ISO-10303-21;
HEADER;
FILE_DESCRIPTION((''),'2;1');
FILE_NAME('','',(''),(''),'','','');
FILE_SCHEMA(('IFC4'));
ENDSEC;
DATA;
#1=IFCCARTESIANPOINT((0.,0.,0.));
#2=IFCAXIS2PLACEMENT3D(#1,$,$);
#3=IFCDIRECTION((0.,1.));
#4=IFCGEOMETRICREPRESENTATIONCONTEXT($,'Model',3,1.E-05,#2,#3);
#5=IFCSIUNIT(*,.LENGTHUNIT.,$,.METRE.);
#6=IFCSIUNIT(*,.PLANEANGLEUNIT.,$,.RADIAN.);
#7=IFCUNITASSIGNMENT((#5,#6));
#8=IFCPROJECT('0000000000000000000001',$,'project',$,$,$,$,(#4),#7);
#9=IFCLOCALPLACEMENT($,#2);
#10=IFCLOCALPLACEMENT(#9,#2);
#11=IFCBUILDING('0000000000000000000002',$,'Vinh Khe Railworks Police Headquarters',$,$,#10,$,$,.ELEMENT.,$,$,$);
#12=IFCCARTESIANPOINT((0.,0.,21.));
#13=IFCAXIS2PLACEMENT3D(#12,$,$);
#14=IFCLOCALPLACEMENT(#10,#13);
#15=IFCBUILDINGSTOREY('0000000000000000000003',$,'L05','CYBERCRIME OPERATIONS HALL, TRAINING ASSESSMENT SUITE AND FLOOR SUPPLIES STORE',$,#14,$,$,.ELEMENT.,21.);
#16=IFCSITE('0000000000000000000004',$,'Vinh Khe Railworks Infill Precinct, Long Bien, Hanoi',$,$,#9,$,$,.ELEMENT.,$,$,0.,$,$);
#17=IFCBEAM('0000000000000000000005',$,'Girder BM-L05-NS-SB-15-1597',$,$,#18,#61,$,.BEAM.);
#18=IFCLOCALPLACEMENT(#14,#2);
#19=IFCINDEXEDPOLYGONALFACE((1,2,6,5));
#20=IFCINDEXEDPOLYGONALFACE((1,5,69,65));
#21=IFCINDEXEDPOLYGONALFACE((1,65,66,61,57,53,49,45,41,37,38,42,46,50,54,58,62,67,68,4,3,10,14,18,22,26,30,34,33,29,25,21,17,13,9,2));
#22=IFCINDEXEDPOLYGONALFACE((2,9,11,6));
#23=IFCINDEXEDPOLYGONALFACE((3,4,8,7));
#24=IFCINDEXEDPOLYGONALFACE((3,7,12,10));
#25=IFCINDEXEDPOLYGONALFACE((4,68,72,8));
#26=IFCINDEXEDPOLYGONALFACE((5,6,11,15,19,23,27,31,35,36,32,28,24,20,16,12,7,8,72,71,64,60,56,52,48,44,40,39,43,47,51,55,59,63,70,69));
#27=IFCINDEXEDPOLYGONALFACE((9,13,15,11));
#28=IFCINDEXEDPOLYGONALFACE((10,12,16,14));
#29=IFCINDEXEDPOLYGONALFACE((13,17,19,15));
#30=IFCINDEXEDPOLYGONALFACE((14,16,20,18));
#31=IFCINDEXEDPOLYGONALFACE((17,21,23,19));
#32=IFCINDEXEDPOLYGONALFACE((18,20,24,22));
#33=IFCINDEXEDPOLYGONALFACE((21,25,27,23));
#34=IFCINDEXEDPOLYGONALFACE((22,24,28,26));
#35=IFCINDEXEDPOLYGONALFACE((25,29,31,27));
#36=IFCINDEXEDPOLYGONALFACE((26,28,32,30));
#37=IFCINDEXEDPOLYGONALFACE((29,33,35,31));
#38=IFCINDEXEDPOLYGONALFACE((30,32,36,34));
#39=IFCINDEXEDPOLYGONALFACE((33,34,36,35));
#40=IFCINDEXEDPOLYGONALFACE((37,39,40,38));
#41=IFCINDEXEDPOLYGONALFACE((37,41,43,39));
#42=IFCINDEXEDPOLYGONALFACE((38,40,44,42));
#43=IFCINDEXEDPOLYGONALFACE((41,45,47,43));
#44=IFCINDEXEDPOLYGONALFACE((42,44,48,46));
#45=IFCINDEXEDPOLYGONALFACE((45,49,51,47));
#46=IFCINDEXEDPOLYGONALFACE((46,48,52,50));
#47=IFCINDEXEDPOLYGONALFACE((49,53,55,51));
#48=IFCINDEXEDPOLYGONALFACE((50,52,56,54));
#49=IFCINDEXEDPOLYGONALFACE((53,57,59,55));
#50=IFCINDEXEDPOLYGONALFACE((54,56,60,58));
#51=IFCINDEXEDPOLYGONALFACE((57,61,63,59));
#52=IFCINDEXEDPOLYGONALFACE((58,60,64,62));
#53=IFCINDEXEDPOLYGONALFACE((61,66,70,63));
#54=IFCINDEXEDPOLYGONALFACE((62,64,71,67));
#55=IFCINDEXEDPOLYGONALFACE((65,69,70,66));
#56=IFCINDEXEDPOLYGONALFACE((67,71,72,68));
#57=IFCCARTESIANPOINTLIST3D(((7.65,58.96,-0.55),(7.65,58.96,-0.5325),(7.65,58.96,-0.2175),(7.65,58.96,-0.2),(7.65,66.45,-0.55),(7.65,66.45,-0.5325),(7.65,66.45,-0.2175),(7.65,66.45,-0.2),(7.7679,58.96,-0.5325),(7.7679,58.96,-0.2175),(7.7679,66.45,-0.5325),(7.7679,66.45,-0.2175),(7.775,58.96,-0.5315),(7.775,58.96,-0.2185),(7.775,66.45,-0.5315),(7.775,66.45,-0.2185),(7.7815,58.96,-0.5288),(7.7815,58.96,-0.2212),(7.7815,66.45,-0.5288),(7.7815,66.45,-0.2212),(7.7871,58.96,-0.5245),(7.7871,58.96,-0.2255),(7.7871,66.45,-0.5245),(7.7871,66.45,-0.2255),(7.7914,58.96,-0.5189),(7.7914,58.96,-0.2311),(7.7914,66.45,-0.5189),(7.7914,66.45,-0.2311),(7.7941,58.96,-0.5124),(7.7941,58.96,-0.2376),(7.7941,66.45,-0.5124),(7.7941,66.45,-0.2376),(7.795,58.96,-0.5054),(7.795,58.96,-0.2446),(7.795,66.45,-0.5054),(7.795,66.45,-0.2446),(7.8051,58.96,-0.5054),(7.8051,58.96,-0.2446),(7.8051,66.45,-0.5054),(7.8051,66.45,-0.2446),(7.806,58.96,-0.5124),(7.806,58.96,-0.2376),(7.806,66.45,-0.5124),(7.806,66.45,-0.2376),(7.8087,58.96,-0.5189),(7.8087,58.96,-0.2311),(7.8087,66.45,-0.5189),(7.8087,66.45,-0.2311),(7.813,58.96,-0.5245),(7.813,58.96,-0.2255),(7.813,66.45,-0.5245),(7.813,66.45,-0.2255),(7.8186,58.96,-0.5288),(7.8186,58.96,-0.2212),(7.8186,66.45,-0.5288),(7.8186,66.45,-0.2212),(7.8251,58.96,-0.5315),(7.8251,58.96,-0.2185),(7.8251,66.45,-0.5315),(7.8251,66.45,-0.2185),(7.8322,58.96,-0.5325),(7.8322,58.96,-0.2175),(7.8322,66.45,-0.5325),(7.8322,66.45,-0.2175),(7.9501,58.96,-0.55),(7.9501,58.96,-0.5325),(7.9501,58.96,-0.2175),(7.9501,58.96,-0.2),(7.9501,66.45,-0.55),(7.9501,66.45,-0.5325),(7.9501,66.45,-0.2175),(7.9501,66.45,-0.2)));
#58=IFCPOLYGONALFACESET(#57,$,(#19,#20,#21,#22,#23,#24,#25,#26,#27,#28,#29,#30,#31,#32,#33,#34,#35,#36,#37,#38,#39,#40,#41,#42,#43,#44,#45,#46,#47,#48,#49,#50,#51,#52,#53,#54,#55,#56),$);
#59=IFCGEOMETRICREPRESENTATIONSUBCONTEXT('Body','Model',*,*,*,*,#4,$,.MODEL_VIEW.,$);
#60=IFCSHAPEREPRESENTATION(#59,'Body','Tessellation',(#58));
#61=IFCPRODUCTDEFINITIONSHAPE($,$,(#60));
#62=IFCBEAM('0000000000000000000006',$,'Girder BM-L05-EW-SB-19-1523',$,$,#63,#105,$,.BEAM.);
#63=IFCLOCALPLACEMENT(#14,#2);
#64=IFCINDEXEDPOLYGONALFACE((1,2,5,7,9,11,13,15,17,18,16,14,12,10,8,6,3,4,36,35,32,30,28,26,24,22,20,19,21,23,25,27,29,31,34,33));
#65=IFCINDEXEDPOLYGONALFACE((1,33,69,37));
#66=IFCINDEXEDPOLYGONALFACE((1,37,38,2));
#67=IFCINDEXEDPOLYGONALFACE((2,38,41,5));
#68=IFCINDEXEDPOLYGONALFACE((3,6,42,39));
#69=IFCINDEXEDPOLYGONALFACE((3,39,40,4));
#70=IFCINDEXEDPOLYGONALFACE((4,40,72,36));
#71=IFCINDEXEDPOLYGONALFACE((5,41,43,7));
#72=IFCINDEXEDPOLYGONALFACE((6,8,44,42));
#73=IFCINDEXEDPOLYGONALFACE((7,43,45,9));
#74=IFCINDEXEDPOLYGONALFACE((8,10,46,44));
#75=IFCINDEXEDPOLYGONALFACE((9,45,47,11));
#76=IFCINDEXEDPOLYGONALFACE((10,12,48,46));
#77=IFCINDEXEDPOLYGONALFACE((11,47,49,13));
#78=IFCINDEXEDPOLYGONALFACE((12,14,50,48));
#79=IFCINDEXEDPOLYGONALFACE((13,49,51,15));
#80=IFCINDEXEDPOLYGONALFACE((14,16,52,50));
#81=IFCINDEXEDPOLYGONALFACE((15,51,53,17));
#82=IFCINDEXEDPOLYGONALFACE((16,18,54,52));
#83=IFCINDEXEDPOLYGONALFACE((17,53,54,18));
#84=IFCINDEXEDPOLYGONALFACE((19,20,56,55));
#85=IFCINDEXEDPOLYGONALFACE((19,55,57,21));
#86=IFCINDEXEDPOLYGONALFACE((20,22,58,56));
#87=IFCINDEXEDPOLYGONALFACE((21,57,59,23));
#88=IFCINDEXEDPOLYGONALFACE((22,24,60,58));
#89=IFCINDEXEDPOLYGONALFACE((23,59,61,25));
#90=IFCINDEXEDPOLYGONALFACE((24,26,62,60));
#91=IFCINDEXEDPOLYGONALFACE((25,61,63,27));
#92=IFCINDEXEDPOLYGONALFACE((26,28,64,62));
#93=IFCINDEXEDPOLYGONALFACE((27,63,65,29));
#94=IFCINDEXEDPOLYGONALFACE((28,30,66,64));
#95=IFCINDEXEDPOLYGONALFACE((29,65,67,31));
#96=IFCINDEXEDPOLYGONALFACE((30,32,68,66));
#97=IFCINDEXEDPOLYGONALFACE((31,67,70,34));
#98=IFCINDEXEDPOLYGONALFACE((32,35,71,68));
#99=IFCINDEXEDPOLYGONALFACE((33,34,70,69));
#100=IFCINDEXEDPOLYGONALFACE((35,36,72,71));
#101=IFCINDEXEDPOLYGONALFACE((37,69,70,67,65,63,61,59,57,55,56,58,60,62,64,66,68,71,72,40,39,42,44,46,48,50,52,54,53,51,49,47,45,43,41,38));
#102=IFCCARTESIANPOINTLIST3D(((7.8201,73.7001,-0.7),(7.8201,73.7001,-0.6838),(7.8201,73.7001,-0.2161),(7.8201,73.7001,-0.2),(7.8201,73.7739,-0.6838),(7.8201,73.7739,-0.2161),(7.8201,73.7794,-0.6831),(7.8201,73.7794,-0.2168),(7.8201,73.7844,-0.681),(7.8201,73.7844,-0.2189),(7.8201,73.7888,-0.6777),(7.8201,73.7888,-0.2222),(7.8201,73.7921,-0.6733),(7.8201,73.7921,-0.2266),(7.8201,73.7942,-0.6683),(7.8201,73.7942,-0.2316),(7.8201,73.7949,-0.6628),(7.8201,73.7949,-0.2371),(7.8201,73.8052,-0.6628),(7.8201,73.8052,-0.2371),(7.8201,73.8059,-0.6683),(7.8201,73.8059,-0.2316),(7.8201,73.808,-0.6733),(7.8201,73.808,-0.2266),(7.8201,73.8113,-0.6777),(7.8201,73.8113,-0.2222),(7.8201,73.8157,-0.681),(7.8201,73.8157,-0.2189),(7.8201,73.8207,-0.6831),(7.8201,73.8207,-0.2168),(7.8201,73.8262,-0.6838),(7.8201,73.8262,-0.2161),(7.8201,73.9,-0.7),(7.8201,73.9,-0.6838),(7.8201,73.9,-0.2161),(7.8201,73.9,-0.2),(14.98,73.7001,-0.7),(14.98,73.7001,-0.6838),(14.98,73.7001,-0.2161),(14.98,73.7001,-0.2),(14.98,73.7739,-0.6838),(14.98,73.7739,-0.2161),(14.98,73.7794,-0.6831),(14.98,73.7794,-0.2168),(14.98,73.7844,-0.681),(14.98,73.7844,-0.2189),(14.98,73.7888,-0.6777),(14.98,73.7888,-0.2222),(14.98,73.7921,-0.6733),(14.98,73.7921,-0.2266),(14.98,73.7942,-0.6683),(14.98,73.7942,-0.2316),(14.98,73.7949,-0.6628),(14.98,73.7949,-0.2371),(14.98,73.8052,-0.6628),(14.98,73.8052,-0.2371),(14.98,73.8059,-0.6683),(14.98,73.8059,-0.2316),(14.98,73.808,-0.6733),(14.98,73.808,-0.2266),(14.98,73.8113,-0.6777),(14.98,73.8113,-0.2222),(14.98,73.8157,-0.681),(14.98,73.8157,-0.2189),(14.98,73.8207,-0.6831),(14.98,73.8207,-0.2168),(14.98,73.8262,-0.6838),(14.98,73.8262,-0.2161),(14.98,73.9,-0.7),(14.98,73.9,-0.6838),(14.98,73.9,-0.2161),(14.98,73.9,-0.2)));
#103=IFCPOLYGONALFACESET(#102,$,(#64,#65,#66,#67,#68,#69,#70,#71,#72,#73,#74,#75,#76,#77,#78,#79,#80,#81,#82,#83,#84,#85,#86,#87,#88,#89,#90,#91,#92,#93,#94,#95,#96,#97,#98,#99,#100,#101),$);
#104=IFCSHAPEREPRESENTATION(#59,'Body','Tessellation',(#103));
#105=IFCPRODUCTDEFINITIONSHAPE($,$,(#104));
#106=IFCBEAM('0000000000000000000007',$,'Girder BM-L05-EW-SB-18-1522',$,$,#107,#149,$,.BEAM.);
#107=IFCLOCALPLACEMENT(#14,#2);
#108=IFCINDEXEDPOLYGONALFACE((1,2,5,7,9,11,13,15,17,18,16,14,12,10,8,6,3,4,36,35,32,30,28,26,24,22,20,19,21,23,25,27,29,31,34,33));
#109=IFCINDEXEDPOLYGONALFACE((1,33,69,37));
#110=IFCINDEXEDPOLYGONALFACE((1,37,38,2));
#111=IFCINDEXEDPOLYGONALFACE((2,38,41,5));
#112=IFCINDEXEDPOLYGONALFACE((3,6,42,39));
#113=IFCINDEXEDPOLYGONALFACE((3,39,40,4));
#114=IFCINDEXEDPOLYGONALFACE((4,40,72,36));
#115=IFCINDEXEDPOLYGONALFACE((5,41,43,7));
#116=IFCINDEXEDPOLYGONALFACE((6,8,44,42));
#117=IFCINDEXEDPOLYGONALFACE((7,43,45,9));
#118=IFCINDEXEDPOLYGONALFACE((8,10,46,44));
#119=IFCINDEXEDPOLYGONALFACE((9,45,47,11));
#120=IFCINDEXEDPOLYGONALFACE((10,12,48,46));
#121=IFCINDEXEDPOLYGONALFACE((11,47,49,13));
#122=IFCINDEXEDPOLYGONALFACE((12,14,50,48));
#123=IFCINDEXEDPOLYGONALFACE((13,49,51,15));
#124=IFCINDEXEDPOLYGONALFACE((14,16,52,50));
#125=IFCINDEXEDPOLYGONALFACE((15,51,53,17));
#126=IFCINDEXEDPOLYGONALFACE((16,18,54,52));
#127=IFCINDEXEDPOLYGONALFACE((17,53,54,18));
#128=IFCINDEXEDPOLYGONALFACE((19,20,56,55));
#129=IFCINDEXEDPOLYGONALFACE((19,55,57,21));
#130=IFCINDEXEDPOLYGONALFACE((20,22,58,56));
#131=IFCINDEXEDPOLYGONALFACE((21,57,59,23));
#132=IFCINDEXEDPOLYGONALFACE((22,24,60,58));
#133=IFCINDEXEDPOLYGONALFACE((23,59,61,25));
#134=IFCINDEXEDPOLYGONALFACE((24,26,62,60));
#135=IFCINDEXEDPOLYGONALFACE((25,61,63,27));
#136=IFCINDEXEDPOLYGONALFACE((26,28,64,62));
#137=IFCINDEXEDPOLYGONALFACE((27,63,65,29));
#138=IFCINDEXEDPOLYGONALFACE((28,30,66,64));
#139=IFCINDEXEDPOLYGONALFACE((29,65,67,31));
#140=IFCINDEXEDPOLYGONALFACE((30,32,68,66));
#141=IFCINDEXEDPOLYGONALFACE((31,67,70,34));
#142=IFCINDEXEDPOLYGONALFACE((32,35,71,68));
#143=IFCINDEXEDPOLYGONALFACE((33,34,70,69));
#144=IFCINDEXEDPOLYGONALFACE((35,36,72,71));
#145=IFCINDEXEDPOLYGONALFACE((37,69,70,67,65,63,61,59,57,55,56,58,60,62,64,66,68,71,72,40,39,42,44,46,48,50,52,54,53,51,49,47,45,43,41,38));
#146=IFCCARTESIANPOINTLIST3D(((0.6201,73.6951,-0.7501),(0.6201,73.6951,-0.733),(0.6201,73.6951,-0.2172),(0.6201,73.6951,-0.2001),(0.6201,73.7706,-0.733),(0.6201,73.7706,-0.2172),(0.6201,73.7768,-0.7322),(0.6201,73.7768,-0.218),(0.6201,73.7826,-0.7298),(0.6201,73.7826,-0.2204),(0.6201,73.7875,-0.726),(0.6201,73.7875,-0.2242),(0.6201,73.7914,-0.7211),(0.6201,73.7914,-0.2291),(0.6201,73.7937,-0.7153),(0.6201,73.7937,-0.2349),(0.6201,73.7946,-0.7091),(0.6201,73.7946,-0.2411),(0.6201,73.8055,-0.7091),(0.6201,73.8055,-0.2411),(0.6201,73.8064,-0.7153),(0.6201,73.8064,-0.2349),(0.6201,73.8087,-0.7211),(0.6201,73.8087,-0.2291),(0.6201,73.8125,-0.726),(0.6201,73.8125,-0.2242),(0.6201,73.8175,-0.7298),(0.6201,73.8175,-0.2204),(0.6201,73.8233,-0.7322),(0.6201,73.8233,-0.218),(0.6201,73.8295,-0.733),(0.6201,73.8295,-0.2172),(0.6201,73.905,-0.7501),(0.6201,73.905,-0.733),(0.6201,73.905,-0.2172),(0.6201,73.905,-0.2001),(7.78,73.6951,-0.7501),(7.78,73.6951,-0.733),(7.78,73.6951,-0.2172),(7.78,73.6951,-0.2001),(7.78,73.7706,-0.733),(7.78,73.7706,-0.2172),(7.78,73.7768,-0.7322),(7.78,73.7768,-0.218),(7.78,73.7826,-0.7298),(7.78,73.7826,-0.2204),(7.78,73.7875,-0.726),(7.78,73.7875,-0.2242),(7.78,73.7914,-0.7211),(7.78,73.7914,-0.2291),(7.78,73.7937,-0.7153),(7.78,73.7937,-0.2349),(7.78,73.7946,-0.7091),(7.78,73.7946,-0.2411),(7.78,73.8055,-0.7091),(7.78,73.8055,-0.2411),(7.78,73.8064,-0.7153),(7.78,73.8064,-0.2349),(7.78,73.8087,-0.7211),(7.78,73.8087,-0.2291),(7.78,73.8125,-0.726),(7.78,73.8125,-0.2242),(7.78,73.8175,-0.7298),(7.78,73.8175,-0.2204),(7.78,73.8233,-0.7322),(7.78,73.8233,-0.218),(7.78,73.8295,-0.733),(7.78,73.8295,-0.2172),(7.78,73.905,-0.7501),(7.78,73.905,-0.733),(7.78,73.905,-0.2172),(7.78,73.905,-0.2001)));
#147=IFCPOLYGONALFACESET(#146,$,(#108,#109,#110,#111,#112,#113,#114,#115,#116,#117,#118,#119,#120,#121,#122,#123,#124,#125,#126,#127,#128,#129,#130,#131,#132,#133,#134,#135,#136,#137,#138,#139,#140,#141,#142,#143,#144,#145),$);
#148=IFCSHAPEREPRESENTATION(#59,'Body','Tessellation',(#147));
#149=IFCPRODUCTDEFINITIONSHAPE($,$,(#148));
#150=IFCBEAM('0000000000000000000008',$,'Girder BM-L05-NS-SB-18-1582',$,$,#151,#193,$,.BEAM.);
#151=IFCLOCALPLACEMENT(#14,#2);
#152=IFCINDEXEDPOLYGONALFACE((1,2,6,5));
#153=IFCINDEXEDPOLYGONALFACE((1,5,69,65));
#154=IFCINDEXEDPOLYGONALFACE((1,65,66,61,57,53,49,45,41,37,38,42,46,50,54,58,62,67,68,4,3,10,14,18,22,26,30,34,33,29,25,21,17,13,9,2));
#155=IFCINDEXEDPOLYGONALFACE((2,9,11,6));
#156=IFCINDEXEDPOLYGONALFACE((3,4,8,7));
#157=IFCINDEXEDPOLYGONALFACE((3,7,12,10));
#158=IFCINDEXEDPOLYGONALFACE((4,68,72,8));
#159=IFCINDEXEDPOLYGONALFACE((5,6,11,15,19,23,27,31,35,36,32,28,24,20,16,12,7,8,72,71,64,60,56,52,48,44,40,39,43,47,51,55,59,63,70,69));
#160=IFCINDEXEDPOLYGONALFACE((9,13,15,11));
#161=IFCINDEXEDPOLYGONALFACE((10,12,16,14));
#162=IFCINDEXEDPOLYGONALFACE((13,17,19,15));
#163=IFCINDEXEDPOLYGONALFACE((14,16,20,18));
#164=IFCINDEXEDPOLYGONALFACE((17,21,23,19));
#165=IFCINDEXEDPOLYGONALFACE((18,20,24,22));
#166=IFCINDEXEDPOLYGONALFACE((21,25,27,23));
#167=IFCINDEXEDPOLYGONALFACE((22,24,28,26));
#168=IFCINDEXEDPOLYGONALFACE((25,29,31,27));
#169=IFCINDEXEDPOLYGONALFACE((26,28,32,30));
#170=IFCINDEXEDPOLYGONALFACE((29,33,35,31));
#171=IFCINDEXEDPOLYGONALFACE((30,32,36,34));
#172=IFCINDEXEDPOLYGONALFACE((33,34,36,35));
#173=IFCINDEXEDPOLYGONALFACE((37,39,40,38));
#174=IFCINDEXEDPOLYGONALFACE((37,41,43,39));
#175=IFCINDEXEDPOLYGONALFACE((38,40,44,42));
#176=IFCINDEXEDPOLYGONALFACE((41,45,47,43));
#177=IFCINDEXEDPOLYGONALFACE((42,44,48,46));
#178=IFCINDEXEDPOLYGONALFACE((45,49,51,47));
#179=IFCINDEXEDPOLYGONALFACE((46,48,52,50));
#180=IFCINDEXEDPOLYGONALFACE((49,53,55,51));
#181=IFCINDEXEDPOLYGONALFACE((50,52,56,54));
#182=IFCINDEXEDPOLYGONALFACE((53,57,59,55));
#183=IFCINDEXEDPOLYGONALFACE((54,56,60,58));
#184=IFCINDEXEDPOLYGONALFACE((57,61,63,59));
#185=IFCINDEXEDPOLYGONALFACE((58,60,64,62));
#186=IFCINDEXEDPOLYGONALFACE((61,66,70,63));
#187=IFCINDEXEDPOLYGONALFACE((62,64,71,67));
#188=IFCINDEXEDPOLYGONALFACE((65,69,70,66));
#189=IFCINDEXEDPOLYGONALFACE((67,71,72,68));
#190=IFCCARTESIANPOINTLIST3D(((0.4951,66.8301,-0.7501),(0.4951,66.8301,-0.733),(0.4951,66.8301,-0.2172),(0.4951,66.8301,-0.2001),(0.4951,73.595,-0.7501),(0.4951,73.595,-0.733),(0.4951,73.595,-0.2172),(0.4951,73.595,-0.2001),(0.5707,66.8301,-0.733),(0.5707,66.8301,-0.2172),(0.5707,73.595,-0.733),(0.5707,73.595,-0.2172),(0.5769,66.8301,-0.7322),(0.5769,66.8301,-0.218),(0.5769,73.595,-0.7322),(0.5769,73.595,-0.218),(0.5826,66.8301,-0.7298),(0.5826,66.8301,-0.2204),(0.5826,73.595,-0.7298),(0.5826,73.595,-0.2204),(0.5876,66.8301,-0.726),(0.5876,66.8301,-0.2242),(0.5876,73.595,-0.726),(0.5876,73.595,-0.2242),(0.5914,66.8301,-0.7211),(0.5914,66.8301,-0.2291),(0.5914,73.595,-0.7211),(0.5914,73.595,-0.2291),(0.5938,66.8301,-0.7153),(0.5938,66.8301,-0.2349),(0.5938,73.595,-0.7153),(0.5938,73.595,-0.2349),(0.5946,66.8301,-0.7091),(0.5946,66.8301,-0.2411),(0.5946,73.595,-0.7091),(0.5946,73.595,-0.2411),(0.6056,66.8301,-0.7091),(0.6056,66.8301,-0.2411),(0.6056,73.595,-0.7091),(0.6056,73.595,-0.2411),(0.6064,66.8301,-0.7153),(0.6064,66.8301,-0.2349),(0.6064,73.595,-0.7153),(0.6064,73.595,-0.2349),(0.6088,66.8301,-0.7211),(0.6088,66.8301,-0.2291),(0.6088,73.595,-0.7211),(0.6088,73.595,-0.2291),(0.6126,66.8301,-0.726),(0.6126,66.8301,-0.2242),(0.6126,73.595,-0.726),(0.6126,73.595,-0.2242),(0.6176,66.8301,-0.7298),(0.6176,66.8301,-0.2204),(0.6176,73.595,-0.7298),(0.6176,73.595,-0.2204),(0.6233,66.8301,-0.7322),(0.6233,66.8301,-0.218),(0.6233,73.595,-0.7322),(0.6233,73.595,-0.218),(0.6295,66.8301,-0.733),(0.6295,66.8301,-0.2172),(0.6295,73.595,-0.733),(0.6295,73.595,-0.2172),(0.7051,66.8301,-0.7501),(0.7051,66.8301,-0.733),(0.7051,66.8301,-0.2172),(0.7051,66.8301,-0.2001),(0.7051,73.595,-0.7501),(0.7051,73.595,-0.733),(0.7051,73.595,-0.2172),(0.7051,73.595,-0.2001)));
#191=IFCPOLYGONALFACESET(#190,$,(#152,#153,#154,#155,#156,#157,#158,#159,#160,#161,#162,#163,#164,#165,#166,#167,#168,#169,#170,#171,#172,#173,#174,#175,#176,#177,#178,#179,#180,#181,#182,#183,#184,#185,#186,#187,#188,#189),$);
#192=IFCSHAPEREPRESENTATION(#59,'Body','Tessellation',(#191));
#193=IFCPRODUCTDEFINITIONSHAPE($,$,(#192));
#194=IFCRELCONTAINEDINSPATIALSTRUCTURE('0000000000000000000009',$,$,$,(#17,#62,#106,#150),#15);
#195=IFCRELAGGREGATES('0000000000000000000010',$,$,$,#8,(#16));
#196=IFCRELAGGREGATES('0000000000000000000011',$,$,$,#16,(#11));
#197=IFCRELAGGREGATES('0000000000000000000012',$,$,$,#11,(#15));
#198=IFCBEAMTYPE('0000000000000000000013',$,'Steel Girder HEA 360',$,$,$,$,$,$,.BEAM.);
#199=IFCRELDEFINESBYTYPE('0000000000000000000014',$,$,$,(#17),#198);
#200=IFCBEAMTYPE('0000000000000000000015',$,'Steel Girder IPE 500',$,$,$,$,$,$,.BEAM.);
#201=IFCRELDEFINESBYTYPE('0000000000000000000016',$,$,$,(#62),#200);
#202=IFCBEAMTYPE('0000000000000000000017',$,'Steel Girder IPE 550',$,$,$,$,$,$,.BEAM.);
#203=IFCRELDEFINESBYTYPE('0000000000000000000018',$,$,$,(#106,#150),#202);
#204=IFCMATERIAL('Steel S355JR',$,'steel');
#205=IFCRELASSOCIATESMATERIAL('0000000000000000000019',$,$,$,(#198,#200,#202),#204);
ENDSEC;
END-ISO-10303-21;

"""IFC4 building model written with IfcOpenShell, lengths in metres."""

from ifc_helpers import new_model, si_unit, direction, frame, origin, origin_2d, place, context, subcontext, project, spatial, i_section, extrude, material, material_profile, profile_set, type_object, element, save


model = new_model("IFC4")

# Units and contexts
model_context = context("Model", 3, precision=1e-05, world=origin(), true_north=direction((0.0, 1.0)))
body_context = subcontext(model_context, "Body", "Model", "MODEL_VIEW")
ifc_project = project(units=[si_unit("LENGTHUNIT", "METRE"), si_unit("PLANEANGLEUNIT", "RADIAN")], contexts=[model_context])

# Site, building, storey
site_placement = place(None, origin())
site = spatial("IfcSite", under=ifc_project, at=site_placement, Name="Vinh Khe Railworks Infill Precinct, Long Bien, Hanoi", CompositionType="ELEMENT", RefElevation=0.0)
building_placement = place(site_placement, origin())
building = spatial("IfcBuilding", under=site, at=building_placement, Name="Vinh Khe Railworks Police Headquarters", CompositionType="ELEMENT")
storey_placement = place(building_placement, frame((0.0, 0.0, 21.0)))
storey = spatial("IfcBuildingStorey", under=building, at=storey_placement, Name="L05", Description="CYBERCRIME OPERATIONS HALL, TRAINING ASSESSMENT SUITE AND FLOOR SUPPLIES STORE", CompositionType="ELEMENT", Elevation=21.0)

# Shared definitions
ifc_material_1 = material(Name="Steel S355JR", Category="steel")

# Beams
ifc_material_profile_1 = material_profile(ifc_material_1, i_section(OverallWidth=0.3, OverallDepth=0.3501, WebThickness=0.01, FlangeThickness=0.0176, FilletRadius=0.0271, at=origin_2d()), Name="HEA 360")
ifc_profile_set_1 = profile_set([ifc_material_profile_1], Name="Steel S355JR")
beam_type_1 = type_object("IfcBeamType", Name="Steel Girder HEA 360", PredefinedType="BEAM", material=ifc_profile_set_1)
beam_1_placement = place(storey_placement, frame((7.8, 58.96, -0.375), z_axis=(0.0, 1.0, 0.0), x_axis=(-1.0, 0.0, 0.0)))
element("IfcBeam", 1, at=beam_1_placement, inside=storey, type_object=beam_type_1, Name="Girder BM-L05-NS-SB-15-1597", PredefinedType="BEAM", context=body_context, shape_type="SweptSolid", body=[
    extrude(i_section(OverallWidth=0.3, OverallDepth=0.3501, WebThickness=0.01, FlangeThickness=0.0176, FilletRadius=0.0271, at=origin_2d()), origin(), (0.0, 0.0, 1.0), 7.49),
])
ifc_material_profile_2 = material_profile(ifc_material_1, i_section(OverallWidth=0.2, OverallDepth=0.5, WebThickness=0.0103, FlangeThickness=0.0161, FilletRadius=0.021, at=origin_2d()), Name="IPE 500")
ifc_profile_set_2 = profile_set([ifc_material_profile_2], Name="Steel S355JR")
beam_type_2 = type_object("IfcBeamType", Name="Steel Girder IPE 500", PredefinedType="BEAM", material=ifc_profile_set_2)
beam_2_placement = place(storey_placement, frame((7.8201, 73.8, -0.45), z_axis=(1.0, 0.0, 0.0), x_axis=(0.0, 1.0, 0.0)))
element("IfcBeam", 2, at=beam_2_placement, inside=storey, type_object=beam_type_2, Name="Girder BM-L05-EW-SB-19-1523", PredefinedType="BEAM", context=body_context, shape_type="SweptSolid", body=[
    extrude(i_section(OverallWidth=0.2, OverallDepth=0.5, WebThickness=0.0103, FlangeThickness=0.0161, FilletRadius=0.021, at=origin_2d()), origin(), (0.0, 0.0, 1.0), 7.1599),
])
ifc_material_profile_3 = material_profile(ifc_material_1, i_section(OverallWidth=0.21, OverallDepth=0.55, WebThickness=0.011, FlangeThickness=0.0171, FilletRadius=0.0239, at=origin_2d()), Name="IPE 550")
ifc_profile_set_3 = profile_set([ifc_material_profile_3], Name="Steel S355JR")
beam_type_3 = type_object("IfcBeamType", Name="Steel Girder IPE 550", PredefinedType="BEAM", material=ifc_profile_set_3)
beam_3_placement = place(storey_placement, frame((0.6201, 73.8, -0.4751), z_axis=(1.0, 0.0, 0.0), x_axis=(0.0, 1.0, 0.0)))
element("IfcBeam", 3, at=beam_3_placement, inside=storey, type_object=beam_type_3, Name="Girder BM-L05-EW-SB-18-1522", PredefinedType="BEAM", context=body_context, shape_type="SweptSolid", body=[
    extrude(i_section(OverallWidth=0.21, OverallDepth=0.55, WebThickness=0.011, FlangeThickness=0.0171, FilletRadius=0.0239, at=origin_2d()), origin(), (0.0, 0.0, 1.0), 7.1599),
])
beam_4_placement = place(storey_placement, frame((0.6001, 66.8301, -0.4751), z_axis=(0.0, 1.0, 0.0), x_axis=(-1.0, 0.0, 0.0)))
element("IfcBeam", 4, at=beam_4_placement, inside=storey, type_object=beam_type_3, Name="Girder BM-L05-NS-SB-18-1582", PredefinedType="BEAM", context=body_context, shape_type="SweptSolid", body=[
    extrude(i_section(OverallWidth=0.21, OverallDepth=0.55, WebThickness=0.011, FlangeThickness=0.0171, FilletRadius=0.0239, at=origin_2d()), origin(), (0.0, 0.0, 1.0), 6.7649),
])

save(model, "model.ifc")
